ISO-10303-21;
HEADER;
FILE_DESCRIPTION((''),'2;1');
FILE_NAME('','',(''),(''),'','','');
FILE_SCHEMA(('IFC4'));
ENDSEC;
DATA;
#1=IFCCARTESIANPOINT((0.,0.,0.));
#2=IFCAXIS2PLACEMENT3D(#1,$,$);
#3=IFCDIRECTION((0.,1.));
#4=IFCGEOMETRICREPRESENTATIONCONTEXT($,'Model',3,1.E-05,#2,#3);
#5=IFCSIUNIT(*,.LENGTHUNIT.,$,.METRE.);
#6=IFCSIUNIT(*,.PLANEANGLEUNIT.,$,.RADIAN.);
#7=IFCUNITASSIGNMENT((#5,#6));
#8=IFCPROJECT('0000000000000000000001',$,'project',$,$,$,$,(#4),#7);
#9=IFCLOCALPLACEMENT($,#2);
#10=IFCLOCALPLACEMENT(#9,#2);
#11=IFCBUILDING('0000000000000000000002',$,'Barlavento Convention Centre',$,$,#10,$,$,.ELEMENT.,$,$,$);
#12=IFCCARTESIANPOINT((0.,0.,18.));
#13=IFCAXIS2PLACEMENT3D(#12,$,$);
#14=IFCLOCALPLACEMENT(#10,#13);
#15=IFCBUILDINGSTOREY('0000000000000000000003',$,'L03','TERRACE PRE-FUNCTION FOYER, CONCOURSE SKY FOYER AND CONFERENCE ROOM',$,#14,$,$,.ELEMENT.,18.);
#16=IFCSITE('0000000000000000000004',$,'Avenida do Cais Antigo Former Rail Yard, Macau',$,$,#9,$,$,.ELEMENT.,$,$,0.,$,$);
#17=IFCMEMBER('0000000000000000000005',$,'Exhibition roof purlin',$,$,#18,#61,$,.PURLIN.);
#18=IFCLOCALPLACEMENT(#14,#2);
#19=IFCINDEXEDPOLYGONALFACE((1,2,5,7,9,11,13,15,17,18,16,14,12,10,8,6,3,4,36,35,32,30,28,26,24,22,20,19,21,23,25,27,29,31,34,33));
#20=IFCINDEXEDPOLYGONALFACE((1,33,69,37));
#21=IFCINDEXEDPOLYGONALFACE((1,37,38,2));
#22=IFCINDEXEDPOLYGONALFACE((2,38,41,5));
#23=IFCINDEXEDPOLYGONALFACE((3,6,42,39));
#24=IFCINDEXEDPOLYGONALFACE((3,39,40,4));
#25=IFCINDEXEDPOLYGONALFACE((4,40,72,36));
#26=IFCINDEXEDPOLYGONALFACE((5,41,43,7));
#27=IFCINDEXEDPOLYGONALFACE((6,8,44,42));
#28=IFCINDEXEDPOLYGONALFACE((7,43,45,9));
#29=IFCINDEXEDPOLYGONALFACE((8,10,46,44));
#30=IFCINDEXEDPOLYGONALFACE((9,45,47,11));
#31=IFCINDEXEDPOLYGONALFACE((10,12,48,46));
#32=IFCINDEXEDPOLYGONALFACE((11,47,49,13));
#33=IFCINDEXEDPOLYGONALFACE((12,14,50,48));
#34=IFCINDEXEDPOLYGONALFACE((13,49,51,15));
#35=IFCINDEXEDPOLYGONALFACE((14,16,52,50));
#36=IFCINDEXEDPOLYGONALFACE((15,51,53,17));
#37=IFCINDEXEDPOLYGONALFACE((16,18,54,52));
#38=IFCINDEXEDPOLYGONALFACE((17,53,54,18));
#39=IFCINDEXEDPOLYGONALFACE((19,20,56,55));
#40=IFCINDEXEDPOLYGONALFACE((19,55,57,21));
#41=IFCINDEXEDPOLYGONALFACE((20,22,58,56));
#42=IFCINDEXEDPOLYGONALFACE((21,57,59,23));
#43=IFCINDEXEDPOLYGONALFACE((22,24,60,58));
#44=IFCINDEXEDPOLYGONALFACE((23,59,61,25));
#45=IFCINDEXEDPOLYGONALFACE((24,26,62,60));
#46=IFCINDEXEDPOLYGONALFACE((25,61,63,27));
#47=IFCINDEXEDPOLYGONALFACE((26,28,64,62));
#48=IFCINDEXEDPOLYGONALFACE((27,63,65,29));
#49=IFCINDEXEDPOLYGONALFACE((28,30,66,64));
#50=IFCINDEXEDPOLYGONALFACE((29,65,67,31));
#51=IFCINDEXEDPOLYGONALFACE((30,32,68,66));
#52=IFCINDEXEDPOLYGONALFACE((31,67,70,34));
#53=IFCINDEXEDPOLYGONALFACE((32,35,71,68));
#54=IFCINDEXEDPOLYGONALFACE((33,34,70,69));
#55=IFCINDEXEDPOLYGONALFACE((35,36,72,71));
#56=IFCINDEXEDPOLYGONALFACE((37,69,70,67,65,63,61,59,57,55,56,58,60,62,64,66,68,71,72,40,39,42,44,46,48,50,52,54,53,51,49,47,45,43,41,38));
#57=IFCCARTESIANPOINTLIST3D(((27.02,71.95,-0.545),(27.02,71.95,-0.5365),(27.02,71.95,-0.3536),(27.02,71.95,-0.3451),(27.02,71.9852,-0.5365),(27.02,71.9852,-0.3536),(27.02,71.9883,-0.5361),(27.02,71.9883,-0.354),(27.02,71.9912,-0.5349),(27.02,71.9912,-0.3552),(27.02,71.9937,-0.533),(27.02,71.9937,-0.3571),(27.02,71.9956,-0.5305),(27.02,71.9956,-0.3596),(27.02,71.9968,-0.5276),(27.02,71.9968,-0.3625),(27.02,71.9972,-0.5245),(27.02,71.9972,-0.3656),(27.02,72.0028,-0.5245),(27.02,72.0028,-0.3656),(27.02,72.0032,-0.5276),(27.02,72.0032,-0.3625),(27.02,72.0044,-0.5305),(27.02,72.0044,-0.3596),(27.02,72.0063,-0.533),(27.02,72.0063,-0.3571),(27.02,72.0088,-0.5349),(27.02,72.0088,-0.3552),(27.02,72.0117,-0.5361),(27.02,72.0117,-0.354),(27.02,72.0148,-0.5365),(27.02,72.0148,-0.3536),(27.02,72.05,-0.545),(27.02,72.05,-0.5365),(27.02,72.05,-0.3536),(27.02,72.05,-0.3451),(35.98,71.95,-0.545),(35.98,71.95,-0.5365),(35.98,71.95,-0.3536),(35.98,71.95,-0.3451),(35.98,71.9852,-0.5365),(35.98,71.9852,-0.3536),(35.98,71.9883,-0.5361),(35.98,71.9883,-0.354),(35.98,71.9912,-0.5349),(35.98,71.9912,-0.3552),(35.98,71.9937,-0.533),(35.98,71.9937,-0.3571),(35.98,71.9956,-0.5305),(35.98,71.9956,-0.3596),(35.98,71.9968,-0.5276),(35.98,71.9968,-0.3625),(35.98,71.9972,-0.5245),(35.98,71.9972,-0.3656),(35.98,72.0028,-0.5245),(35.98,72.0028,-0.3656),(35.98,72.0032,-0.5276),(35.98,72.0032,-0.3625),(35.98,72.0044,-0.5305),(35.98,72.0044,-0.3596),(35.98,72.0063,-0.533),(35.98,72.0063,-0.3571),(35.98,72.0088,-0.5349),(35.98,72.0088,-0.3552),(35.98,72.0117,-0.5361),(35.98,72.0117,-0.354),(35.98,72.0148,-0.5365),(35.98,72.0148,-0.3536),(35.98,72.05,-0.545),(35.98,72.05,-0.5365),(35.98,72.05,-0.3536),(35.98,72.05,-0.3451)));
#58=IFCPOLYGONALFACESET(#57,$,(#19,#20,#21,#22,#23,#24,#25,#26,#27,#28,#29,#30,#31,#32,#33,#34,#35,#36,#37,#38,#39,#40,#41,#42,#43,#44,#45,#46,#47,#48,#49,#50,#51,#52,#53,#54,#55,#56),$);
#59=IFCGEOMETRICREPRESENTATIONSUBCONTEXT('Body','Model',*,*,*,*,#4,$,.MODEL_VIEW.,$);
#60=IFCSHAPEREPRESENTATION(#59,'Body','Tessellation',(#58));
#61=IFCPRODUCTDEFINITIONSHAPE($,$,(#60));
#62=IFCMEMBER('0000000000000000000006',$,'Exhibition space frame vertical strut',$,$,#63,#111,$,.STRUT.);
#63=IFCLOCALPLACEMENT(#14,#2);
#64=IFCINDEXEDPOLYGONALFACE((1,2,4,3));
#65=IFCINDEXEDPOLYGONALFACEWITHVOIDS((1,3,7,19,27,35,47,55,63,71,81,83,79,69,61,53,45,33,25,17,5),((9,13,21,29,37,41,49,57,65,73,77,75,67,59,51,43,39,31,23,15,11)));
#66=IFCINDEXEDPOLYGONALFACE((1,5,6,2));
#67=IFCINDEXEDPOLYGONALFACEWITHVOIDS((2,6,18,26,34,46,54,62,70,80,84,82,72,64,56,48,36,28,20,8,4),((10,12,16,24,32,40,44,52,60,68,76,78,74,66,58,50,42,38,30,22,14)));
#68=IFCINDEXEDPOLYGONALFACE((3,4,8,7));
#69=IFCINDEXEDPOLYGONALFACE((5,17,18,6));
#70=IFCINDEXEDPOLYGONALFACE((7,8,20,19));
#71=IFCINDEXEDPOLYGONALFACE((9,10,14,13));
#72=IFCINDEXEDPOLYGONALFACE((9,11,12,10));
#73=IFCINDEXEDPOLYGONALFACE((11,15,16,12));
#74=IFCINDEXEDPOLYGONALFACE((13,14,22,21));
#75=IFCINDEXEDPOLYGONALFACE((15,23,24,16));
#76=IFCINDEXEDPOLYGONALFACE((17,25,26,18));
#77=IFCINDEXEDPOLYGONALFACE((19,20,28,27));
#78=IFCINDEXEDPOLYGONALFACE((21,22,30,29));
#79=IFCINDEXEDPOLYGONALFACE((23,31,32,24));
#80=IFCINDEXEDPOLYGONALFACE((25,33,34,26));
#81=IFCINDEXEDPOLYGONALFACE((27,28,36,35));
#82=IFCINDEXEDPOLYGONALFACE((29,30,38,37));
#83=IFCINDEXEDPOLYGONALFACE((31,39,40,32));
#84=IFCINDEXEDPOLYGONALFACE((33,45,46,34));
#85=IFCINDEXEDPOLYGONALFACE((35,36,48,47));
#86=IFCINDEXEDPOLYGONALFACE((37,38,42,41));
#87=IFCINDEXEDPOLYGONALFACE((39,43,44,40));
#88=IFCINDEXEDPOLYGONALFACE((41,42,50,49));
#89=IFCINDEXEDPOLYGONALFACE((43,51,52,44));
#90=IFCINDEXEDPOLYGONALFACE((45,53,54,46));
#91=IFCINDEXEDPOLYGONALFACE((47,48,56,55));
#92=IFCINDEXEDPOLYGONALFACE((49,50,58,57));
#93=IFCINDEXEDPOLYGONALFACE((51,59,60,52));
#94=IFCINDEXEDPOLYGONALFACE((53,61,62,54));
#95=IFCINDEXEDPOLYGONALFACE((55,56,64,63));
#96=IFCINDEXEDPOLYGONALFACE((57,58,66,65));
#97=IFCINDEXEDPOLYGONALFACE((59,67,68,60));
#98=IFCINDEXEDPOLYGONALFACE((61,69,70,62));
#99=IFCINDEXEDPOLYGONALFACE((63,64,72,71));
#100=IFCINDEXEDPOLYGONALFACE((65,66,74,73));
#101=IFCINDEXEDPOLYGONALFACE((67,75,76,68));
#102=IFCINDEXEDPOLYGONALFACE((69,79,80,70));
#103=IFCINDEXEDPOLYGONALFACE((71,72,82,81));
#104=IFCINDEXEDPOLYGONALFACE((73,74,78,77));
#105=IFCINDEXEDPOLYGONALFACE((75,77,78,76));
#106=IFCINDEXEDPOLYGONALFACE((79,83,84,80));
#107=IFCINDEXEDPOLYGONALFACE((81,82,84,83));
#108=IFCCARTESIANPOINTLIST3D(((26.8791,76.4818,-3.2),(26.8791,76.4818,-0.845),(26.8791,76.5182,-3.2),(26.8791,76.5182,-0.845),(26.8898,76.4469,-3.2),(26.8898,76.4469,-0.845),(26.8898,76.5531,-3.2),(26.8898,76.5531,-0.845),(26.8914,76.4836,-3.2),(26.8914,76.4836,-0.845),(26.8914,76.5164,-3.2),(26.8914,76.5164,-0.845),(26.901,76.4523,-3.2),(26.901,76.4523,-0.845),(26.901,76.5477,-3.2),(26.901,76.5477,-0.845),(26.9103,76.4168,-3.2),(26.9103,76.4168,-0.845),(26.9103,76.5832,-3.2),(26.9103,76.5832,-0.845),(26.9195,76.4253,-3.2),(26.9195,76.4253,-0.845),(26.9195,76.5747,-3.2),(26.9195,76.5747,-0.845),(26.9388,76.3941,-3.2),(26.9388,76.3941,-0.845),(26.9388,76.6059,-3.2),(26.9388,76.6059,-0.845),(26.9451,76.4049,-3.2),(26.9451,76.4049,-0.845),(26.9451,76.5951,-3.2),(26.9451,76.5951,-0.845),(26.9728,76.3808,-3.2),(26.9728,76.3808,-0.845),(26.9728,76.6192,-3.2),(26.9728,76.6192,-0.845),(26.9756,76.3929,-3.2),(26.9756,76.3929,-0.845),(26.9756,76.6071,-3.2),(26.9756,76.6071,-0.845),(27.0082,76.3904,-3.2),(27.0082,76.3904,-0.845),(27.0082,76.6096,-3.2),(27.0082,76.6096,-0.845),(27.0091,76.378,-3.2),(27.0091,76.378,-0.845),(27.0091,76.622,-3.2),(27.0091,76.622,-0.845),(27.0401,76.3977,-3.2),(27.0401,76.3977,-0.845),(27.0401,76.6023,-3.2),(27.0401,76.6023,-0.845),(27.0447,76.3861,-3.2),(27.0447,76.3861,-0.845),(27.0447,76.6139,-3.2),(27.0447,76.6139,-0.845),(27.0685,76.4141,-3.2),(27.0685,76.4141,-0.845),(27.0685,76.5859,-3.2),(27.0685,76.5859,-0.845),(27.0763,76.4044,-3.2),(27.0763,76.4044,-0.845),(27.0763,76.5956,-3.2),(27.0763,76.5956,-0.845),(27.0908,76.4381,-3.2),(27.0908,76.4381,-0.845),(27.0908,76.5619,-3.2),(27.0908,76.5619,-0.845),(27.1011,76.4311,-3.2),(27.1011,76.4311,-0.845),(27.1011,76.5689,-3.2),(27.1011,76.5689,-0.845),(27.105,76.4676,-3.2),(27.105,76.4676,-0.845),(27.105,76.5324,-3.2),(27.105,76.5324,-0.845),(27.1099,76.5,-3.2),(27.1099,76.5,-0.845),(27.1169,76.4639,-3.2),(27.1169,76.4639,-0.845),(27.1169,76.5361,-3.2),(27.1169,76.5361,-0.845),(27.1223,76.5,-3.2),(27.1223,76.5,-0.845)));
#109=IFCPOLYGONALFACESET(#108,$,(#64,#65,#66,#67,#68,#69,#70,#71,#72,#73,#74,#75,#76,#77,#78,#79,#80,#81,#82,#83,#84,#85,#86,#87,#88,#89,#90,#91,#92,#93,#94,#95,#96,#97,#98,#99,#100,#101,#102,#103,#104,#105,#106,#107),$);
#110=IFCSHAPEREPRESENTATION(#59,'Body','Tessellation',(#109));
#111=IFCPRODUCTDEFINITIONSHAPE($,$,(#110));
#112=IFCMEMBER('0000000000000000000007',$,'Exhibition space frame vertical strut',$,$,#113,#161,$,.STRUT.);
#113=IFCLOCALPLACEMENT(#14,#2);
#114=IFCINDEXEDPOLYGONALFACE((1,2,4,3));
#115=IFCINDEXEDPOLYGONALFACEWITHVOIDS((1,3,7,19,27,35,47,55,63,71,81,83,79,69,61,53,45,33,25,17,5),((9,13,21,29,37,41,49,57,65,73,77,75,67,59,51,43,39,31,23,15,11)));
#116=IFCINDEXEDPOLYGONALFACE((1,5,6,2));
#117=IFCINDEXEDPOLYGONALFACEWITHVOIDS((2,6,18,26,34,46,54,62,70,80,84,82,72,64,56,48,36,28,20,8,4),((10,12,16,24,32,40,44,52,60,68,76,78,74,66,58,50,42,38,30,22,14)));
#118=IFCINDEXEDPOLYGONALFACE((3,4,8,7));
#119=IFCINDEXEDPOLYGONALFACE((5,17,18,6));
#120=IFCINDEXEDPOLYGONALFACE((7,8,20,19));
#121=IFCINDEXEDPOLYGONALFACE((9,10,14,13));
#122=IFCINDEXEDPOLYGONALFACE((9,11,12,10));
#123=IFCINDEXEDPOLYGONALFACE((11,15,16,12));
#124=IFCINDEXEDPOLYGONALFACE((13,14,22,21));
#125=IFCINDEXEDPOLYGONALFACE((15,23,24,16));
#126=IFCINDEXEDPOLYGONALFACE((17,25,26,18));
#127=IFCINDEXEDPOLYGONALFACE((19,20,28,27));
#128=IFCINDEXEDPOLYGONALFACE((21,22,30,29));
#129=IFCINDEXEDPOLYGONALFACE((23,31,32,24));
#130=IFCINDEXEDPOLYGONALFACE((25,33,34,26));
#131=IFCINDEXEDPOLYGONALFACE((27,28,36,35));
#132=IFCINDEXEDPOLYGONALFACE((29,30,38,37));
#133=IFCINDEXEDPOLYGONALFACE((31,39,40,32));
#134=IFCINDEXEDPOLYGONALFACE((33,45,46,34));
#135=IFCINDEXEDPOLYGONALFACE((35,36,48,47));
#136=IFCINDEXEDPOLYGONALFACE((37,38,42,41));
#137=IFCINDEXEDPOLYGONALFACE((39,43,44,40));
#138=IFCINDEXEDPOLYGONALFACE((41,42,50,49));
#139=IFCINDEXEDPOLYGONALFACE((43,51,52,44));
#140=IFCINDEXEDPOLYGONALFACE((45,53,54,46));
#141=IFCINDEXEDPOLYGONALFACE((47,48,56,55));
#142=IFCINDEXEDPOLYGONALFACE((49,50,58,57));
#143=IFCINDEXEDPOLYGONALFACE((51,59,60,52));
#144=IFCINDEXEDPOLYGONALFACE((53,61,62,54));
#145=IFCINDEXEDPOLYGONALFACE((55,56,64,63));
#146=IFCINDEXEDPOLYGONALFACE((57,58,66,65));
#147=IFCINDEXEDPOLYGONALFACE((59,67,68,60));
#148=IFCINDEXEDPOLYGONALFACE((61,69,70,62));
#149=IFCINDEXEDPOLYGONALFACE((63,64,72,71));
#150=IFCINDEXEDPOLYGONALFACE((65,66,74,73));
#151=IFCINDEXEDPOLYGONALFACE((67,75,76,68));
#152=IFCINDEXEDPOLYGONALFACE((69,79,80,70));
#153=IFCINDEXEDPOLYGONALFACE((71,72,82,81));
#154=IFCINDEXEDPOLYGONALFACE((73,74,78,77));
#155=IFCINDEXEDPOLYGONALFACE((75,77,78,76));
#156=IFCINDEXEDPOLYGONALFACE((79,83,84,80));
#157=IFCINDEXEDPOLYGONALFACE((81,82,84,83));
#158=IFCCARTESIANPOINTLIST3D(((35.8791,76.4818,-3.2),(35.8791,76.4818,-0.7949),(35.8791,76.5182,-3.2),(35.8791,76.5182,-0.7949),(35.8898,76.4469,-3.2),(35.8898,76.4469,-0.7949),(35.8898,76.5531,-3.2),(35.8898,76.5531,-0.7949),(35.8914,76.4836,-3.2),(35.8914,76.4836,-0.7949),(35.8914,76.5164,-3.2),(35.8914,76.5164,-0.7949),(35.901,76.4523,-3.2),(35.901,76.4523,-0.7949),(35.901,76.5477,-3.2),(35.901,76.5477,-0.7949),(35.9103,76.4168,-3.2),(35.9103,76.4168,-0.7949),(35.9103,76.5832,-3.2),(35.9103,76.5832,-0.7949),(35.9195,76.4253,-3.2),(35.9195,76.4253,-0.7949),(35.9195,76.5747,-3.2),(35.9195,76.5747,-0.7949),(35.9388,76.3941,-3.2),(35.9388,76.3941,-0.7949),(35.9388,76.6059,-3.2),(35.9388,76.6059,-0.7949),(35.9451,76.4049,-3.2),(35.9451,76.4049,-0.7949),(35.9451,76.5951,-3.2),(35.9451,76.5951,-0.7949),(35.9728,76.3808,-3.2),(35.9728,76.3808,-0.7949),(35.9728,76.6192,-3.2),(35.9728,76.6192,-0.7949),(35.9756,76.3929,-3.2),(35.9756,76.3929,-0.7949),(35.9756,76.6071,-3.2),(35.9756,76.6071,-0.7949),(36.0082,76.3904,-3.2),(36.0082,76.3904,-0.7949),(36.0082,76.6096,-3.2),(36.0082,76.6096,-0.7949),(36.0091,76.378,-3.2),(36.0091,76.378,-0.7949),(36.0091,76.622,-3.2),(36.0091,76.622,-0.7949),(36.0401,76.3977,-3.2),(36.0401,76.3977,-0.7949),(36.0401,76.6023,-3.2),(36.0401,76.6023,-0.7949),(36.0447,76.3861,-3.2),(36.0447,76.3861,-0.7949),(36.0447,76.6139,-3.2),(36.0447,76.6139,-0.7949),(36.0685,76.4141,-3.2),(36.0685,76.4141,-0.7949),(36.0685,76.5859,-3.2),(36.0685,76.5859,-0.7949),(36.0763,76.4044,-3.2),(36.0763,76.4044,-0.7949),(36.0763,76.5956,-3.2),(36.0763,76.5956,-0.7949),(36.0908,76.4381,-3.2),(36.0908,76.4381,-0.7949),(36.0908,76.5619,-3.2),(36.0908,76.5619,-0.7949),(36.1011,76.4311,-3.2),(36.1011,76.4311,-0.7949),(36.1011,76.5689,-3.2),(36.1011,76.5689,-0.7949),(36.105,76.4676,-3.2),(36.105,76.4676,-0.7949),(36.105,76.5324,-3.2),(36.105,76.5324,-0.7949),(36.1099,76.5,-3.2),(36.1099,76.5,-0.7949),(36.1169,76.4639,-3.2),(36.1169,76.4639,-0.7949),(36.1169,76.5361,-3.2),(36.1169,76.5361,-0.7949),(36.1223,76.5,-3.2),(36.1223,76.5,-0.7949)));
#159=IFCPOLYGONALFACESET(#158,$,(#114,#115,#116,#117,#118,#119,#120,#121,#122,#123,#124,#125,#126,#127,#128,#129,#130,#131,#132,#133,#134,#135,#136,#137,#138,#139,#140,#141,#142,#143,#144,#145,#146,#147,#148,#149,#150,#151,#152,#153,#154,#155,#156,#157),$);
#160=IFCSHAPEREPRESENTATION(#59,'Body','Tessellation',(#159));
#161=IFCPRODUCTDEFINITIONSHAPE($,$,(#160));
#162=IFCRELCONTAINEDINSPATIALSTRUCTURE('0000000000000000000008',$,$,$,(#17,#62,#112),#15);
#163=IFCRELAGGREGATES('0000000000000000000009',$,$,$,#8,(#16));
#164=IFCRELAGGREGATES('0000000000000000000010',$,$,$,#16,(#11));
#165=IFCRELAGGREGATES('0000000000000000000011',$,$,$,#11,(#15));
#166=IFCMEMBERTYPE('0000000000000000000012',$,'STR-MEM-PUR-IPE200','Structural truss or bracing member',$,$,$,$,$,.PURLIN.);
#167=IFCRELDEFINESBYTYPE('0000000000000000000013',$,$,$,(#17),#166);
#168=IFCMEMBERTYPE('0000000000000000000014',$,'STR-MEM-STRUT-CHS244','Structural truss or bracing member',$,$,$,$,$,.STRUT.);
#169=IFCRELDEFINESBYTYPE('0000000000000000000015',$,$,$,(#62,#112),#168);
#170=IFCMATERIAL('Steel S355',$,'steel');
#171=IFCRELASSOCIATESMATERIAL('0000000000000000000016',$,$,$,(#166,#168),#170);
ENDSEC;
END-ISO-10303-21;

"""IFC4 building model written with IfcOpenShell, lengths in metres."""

from ifc_helpers import new_model, si_unit, direction, frame, origin, origin_2d, place, context, subcontext, project, spatial, hollow_circle, i_section, extrude, material, material_profile, profile_set, type_object, element, save


model = new_model("IFC4")

# Units and contexts
model_context = context("Model", 3, precision=1e-05, world=origin(), true_north=direction((0.0, 1.0)))
body_context = subcontext(model_context, "Body", "Model", "MODEL_VIEW")
ifc_project = project(units=[si_unit("LENGTHUNIT", "METRE"), si_unit("PLANEANGLEUNIT", "RADIAN")], contexts=[model_context])

# Site, building, storey
site_placement = place(None, origin())
site = spatial("IfcSite", under=ifc_project, at=site_placement, Name="Avenida do Cais Antigo Former Rail Yard, Macau", CompositionType="ELEMENT", RefElevation=0.0)
building_placement = place(site_placement, origin())
building = spatial("IfcBuilding", under=site, at=building_placement, Name="Barlavento Convention Centre", CompositionType="ELEMENT")
storey_placement = place(building_placement, frame((0.0, 0.0, 18.0)))
storey = spatial("IfcBuildingStorey", under=building, at=storey_placement, Name="L03", Description="TERRACE PRE-FUNCTION FOYER, CONCOURSE SKY FOYER AND CONFERENCE ROOM", CompositionType="ELEMENT", Elevation=18.0)

# Members
ifc_material_1 = material(Name="Steel S355", Category="steel")
ifc_material_profile_1 = material_profile(ifc_material_1, i_section(OverallWidth=0.1001, OverallDepth=0.2, WebThickness=0.0056, FlangeThickness=0.0085, FilletRadius=0.012, at=origin_2d()), Name="IPE 200")
ifc_profile_set_1 = profile_set([ifc_material_profile_1], Name="Steel S355")
member_type_1 = type_object("IfcMemberType", Name="STR-MEM-PUR-IPE200", Description="Structural truss or bracing member", PredefinedType="PURLIN", material=ifc_profile_set_1)
member_1_placement = place(storey_placement, frame((27.02, 72.0, -0.4451), z_axis=(1.0, 0.0, 0.0), x_axis=(0.0, 1.0, 0.0)))
element("IfcMember", 1, at=member_1_placement, inside=storey, type_object=member_type_1, Name="Exhibition roof purlin", PredefinedType="PURLIN", context=body_context, shape_type="SweptSolid", body=[
    extrude(i_section(OverallWidth=0.1001, OverallDepth=0.2, WebThickness=0.0056, FlangeThickness=0.0085, FilletRadius=0.012, at=origin_2d()), origin(), (0.0, 0.0, 1.0), 8.96),
])
ifc_material_profile_2 = material_profile(ifc_material_1, hollow_circle(Radius=0.1223, WallThickness=0.0125, at=origin_2d()), Name="CHS 244.5x12.5")
ifc_profile_set_2 = profile_set([ifc_material_profile_2], Name="Steel S355")
member_type_2 = type_object("IfcMemberType", Name="STR-MEM-STRUT-CHS244", Description="Structural truss or bracing member", PredefinedType="STRUT", material=ifc_profile_set_2)
member_2_placement = place(storey_placement, frame((27.0, 76.5, -3.2), z_axis=(0.0, 0.0, 1.0), x_axis=(1.0, 0.0, 0.0)))
element("IfcMember", 2, at=member_2_placement, inside=storey, type_object=member_type_2, Name="Exhibition space frame vertical strut", PredefinedType="STRUT", context=body_context, shape_type="SweptSolid", body=[
    extrude(hollow_circle(Radius=0.1223, WallThickness=0.0125, at=origin_2d()), origin(), (0.0, 0.0, 1.0), 2.355),
])
member_3_placement = place(storey_placement, frame((36.0, 76.5, -3.2), z_axis=(0.0, 0.0, 1.0), x_axis=(1.0, 0.0, 0.0)))
element("IfcMember", 3, at=member_3_placement, inside=storey, type_object=member_type_2, Name="Exhibition space frame vertical strut", PredefinedType="STRUT", context=body_context, shape_type="SweptSolid", body=[
    extrude(hollow_circle(Radius=0.1223, WallThickness=0.0125, at=origin_2d()), origin(), (0.0, 0.0, 1.0), 2.405),
])

save(model, "model.ifc")
